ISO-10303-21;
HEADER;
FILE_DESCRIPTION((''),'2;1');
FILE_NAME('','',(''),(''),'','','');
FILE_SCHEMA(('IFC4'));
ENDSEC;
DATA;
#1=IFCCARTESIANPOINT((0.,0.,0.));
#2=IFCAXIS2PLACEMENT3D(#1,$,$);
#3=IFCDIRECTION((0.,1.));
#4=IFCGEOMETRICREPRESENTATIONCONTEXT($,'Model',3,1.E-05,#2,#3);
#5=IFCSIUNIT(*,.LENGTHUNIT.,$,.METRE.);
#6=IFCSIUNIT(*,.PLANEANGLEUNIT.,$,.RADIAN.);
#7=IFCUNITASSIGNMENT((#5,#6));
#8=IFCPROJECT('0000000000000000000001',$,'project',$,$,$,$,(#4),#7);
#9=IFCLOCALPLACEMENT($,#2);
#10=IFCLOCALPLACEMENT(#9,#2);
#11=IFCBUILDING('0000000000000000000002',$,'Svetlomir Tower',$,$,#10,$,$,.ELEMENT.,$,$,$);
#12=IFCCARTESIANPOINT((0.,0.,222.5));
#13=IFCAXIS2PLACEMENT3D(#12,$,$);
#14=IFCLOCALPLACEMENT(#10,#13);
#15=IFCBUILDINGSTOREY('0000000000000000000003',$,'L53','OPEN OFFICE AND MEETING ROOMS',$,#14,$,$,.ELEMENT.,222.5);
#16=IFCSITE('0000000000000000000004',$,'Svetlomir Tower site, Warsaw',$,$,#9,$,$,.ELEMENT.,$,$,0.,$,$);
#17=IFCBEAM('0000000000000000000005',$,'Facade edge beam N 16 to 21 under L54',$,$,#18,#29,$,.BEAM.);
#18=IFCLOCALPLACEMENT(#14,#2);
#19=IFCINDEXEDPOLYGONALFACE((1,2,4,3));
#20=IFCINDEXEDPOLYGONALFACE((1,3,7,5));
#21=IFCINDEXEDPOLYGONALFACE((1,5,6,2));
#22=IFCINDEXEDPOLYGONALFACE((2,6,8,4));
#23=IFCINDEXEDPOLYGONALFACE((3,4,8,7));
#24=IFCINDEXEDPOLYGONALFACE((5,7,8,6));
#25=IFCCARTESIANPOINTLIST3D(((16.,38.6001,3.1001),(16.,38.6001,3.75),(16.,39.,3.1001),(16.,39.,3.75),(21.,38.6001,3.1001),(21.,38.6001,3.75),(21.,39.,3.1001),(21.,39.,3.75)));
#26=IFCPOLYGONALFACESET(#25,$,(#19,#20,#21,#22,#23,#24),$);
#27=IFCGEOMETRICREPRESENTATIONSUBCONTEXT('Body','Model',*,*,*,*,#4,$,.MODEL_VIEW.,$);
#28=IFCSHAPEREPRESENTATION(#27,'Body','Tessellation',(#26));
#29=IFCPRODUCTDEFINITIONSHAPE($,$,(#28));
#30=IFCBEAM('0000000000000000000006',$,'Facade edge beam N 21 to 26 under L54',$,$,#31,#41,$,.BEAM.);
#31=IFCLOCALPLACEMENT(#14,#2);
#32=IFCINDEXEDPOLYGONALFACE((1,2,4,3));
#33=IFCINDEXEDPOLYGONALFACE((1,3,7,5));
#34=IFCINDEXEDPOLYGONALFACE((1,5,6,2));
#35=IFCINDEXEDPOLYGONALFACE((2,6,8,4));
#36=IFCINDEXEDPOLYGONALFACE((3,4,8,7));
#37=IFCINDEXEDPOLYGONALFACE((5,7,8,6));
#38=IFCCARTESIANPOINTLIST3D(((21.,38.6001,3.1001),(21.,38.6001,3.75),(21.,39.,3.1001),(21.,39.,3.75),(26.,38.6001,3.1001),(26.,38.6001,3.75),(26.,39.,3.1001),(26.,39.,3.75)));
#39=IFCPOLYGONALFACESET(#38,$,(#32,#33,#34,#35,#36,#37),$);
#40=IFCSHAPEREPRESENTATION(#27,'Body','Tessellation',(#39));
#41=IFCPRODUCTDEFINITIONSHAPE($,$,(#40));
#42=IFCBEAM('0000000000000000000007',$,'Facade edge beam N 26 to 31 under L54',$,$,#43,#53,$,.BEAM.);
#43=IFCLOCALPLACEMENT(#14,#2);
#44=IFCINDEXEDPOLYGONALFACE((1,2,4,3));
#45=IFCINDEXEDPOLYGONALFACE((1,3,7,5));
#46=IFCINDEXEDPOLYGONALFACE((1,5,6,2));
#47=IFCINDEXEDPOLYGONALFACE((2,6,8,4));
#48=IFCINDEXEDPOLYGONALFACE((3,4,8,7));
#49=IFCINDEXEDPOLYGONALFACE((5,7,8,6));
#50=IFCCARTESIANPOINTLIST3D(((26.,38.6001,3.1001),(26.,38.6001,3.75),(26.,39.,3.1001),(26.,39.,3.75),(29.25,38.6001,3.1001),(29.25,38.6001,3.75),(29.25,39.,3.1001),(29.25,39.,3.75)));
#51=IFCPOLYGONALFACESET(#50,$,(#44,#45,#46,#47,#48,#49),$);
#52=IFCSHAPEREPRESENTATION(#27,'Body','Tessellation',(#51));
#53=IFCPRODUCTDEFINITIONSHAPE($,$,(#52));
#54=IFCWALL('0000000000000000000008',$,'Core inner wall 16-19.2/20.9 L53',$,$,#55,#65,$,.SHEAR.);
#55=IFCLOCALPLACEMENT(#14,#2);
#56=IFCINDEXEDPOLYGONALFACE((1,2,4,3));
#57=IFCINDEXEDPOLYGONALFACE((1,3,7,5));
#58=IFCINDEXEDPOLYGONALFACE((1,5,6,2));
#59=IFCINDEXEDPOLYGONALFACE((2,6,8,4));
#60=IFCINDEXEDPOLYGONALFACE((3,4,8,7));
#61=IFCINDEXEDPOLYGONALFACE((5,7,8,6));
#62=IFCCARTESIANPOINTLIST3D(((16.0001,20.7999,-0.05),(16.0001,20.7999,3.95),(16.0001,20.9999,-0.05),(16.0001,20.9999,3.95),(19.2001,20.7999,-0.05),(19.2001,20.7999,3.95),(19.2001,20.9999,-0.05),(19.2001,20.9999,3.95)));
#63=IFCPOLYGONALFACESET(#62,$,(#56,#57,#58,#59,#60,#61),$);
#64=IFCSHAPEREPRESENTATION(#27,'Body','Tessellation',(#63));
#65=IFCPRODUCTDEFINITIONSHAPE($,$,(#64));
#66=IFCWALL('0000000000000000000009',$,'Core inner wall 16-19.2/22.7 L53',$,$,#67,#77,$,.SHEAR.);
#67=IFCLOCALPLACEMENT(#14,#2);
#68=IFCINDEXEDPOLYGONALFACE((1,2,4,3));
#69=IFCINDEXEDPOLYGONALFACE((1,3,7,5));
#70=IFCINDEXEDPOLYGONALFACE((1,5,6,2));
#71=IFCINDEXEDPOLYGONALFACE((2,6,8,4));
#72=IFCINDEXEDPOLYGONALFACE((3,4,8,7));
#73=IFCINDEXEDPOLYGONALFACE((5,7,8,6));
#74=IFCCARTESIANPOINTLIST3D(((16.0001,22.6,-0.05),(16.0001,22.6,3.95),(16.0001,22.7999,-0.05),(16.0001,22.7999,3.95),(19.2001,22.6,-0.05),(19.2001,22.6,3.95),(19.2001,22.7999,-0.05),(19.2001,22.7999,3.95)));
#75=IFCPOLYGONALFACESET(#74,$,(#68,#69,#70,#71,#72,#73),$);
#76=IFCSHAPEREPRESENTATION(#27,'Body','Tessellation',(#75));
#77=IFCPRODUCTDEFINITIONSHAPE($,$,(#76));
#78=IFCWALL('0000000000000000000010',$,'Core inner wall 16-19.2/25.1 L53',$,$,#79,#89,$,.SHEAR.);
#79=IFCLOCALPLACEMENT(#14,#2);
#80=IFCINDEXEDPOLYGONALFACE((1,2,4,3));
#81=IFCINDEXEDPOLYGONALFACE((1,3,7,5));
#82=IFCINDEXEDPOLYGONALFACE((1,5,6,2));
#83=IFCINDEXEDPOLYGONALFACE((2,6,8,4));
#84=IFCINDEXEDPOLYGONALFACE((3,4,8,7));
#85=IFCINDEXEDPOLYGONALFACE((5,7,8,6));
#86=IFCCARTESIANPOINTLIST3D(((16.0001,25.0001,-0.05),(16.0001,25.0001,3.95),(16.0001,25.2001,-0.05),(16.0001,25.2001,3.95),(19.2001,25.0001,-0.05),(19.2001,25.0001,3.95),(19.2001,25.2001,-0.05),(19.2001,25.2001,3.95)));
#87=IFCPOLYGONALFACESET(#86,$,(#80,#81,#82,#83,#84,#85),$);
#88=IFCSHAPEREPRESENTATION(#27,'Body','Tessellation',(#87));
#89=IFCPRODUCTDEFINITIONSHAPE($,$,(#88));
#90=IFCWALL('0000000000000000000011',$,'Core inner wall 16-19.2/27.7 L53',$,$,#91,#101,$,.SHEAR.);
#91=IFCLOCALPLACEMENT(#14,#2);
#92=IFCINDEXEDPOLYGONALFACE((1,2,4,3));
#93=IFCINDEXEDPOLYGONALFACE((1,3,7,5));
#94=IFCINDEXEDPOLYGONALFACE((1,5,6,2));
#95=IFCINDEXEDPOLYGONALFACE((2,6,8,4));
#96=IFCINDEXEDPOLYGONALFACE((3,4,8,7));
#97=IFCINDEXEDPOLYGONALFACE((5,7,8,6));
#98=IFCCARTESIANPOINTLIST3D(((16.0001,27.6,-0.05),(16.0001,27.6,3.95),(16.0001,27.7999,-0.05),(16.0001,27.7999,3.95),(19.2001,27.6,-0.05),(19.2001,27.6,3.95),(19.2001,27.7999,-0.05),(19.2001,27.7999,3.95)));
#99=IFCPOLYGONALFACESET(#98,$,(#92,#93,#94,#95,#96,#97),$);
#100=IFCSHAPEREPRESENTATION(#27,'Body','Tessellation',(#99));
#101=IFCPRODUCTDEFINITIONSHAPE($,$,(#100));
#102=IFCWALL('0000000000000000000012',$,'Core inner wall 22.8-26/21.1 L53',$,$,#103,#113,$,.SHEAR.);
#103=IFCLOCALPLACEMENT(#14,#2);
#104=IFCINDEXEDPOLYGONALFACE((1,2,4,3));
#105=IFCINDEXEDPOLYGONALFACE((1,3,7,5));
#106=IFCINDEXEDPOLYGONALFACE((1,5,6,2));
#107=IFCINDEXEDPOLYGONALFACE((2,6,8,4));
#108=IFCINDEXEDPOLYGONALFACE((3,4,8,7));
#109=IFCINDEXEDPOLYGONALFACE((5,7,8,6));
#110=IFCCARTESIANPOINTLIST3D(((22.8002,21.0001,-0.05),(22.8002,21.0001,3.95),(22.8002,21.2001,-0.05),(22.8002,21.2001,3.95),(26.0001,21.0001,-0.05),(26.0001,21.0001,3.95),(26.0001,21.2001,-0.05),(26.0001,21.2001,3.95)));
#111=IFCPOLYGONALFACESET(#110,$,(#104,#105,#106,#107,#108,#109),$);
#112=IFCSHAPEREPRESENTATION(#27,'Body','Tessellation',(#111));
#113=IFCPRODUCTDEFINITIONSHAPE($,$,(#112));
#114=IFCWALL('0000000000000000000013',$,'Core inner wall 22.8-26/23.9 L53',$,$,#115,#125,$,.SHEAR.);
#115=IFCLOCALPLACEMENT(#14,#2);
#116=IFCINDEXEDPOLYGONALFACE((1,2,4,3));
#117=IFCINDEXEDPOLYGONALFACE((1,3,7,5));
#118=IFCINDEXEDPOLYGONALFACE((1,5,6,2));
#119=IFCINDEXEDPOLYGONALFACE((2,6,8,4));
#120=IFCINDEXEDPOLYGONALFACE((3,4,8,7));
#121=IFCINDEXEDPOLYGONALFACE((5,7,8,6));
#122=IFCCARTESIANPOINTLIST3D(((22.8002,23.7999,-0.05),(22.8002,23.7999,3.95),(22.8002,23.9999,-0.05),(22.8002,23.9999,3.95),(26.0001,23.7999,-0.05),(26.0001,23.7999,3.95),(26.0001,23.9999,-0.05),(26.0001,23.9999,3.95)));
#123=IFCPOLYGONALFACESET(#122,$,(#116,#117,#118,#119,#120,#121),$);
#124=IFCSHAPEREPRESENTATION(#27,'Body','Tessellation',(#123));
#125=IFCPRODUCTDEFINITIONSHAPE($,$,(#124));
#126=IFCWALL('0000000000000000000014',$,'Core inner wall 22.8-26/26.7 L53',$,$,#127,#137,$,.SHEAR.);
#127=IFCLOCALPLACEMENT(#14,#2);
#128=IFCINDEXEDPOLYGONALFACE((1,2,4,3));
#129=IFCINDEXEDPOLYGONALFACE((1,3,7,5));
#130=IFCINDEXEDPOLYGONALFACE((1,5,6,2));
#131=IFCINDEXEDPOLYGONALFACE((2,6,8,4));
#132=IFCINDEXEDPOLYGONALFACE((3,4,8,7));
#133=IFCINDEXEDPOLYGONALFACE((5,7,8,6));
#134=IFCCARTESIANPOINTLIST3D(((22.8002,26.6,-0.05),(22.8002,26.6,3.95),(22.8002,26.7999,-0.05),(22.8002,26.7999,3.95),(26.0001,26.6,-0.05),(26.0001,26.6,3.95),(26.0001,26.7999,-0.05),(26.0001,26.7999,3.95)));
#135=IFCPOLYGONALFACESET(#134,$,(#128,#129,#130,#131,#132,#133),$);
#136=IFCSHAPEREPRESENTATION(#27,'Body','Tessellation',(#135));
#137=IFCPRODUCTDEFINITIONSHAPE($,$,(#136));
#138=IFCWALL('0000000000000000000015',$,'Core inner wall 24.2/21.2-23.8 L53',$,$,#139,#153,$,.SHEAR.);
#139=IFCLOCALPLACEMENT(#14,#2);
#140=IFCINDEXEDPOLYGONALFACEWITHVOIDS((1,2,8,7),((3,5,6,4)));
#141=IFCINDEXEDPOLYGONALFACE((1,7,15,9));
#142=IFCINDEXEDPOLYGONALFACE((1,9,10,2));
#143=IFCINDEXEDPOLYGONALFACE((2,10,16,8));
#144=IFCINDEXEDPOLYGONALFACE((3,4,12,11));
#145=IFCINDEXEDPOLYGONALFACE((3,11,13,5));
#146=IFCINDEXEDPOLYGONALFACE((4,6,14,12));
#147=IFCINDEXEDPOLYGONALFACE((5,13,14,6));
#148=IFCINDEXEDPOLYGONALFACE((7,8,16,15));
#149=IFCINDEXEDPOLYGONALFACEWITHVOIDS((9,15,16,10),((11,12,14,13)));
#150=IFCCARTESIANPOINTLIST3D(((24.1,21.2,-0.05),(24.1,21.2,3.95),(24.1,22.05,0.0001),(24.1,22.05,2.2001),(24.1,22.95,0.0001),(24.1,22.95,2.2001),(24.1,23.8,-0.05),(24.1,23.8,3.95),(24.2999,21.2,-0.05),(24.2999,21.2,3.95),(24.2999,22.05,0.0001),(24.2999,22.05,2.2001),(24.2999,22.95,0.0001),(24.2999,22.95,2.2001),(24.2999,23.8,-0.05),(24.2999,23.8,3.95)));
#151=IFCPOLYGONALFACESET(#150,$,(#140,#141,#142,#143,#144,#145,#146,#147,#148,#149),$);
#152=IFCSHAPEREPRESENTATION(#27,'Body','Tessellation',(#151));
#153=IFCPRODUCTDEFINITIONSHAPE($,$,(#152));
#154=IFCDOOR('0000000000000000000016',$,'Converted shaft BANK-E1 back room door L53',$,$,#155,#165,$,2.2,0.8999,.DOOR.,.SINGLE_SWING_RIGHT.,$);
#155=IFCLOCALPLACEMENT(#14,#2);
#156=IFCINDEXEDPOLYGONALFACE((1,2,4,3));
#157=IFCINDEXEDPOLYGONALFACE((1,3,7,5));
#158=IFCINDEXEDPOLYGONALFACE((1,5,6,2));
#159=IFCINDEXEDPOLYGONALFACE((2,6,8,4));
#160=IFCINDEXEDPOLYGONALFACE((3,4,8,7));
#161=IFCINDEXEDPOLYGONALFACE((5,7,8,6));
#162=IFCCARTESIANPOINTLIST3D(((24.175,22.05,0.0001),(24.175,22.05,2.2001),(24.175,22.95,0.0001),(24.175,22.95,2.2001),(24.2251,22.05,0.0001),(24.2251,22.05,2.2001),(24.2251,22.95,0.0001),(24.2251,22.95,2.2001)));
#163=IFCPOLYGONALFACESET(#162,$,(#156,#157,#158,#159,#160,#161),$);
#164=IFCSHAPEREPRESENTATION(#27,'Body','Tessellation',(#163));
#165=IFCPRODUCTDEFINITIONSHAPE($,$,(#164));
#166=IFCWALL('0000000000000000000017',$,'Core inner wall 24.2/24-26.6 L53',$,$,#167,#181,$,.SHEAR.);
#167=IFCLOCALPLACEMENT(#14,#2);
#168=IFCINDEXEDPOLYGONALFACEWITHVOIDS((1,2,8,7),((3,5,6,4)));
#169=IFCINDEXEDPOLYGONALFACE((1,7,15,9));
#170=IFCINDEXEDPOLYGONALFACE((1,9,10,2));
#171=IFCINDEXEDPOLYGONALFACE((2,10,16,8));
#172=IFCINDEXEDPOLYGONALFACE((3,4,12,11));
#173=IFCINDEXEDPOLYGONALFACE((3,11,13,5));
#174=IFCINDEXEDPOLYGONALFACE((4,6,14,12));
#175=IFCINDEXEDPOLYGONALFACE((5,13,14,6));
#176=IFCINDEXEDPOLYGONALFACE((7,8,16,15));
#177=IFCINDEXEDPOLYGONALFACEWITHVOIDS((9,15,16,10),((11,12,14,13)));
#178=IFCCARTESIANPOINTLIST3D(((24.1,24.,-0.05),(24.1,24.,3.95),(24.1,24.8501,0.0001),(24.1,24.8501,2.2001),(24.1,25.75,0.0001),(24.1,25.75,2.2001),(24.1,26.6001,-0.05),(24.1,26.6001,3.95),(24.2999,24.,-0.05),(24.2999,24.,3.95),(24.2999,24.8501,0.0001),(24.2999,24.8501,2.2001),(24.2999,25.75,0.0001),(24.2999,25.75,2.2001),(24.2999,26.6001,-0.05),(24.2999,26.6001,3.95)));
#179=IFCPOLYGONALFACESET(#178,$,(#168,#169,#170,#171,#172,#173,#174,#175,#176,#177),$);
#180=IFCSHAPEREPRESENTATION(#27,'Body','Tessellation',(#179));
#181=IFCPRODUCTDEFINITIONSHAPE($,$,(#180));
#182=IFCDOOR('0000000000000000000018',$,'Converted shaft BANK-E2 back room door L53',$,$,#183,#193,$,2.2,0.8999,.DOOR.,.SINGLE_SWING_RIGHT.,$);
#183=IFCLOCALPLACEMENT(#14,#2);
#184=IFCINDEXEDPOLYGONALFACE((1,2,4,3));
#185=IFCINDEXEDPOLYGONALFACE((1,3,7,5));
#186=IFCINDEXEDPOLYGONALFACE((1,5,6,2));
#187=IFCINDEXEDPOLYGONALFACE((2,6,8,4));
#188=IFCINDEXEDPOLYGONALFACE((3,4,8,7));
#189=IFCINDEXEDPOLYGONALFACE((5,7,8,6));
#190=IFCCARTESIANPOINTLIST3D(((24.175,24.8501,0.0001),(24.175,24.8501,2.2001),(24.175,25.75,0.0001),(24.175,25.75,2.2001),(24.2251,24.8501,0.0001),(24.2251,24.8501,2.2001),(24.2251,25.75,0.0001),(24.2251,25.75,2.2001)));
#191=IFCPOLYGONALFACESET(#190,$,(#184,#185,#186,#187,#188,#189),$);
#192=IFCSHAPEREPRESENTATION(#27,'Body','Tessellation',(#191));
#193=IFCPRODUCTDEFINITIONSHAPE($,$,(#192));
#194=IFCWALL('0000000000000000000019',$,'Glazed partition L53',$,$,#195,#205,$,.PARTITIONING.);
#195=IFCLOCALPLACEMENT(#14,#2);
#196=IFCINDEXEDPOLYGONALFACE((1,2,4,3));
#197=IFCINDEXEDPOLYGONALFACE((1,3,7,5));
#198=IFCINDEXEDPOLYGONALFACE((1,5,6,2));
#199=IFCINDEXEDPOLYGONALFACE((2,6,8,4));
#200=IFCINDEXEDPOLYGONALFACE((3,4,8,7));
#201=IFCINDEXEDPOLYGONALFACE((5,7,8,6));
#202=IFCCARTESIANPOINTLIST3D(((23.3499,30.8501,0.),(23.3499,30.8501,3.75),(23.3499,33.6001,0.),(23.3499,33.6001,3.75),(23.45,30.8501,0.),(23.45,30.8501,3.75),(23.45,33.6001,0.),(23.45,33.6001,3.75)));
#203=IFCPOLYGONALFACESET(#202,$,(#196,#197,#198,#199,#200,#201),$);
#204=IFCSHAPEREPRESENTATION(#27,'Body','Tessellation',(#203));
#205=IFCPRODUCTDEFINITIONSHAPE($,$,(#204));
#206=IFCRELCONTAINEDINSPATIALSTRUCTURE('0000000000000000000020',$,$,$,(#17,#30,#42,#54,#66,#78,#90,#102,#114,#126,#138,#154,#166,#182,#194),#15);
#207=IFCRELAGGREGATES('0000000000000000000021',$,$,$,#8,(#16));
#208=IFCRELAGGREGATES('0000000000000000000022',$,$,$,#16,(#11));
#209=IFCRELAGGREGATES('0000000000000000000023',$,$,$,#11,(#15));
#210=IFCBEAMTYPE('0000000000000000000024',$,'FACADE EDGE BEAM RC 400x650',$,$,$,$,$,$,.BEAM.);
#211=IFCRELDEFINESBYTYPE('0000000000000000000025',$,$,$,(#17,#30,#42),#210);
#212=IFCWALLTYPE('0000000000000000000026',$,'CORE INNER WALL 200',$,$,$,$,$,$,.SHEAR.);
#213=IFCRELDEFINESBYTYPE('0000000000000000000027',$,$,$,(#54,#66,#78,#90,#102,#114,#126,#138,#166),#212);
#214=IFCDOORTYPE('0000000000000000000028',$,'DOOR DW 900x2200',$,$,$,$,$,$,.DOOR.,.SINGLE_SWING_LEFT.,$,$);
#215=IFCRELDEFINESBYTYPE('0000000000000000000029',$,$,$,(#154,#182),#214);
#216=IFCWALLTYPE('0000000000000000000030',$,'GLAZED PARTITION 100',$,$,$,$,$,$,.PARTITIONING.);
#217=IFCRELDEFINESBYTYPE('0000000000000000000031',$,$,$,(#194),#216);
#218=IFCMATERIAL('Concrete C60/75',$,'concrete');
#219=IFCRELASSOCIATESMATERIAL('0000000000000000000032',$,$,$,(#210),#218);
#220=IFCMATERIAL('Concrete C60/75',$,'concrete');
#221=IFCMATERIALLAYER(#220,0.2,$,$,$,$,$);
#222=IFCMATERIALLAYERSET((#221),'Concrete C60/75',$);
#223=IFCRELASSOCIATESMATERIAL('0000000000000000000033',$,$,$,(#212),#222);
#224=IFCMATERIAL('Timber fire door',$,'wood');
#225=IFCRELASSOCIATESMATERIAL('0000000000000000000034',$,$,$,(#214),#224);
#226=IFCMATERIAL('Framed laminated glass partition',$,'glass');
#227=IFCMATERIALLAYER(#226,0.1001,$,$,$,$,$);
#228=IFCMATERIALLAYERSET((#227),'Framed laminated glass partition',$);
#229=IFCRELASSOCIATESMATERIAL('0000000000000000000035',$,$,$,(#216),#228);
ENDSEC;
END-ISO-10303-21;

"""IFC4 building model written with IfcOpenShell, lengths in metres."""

from ifc_helpers import new_model, si_unit, direction, frame, frame_2d, origin, origin_2d, place, context, subcontext, project, spatial, rectangle, extrude, material, layer, layer_set, material_profile, profile_set, type_object, element, fill, save


model = new_model("IFC4")

# Units and contexts
model_context = context("Model", 3, precision=1e-05, world=origin(), true_north=direction((0.0, 1.0)))
body_context = subcontext(model_context, "Body", "Model", "MODEL_VIEW")
ifc_project = project(units=[si_unit("LENGTHUNIT", "METRE"), si_unit("PLANEANGLEUNIT", "RADIAN")], contexts=[model_context])

# Site, building, storey
site_placement = place(None, origin())
site = spatial("IfcSite", under=ifc_project, at=site_placement, Name="Svetlomir Tower site, Warsaw", CompositionType="ELEMENT", RefElevation=0.0)
building_placement = place(site_placement, origin())
building = spatial("IfcBuilding", under=site, at=building_placement, Name="Svetlomir Tower", CompositionType="ELEMENT")
storey_placement = place(building_placement, frame((0.0, 0.0, 222.5)))
storey = spatial("IfcBuildingStorey", under=building, at=storey_placement, Name="L53", Description="OPEN OFFICE AND MEETING ROOMS", CompositionType="ELEMENT", Elevation=222.5)

# Beams
ifc_material_1 = material(Name="Concrete C60/75", Category="concrete")
ifc_material_profile = material_profile(ifc_material_1, rectangle(XDim=0.3999, YDim=0.6499, at=origin_2d()), Name="RC 400x650")
ifc_profile_set = profile_set([ifc_material_profile], Name="Concrete C60/75")
beam_type = type_object("IfcBeamType", Name="FACADE EDGE BEAM RC 400x650", PredefinedType="BEAM", material=ifc_profile_set)
for number, where, z_axis, x_axis, name in (
    (1, (16.0, 38.8, 3.425), (1.0, 0.0, 0.0), (0.0, 1.0, 0.0), "Facade edge beam N 16 to 21 under L54"),
    (2, (21.0, 38.8, 3.425), (1.0, 0.0, 0.0), (0.0, 1.0, 0.0), "Facade edge beam N 21 to 26 under L54"),
):
    element("IfcBeam", number, at=place(storey_placement, frame(where, z_axis=z_axis, x_axis=x_axis)), inside=storey, type_object=beam_type, Name=name, PredefinedType="BEAM", context=body_context, shape_type="SweptSolid", body=[
        extrude(rectangle(XDim=0.3999, YDim=0.6499, at=origin_2d()), origin(), (0.0, 0.0, 1.0), 5.0),
    ])
beam_placement = place(storey_placement, frame((26.0, 38.8, 3.425), z_axis=(1.0, 0.0, 0.0), x_axis=(0.0, 1.0, 0.0)))
element("IfcBeam", 3, at=beam_placement, inside=storey, type_object=beam_type, Name="Facade edge beam N 26 to 31 under L54", PredefinedType="BEAM", context=body_context, shape_type="SweptSolid", body=[
    extrude(rectangle(XDim=0.3999, YDim=0.6499, at=origin_2d()), origin(), (0.0, 0.0, 1.0), 3.25),
])

# Walls
ifc_material_2 = material(Name="Concrete C60/75", Category="concrete")
ifc_layer_1 = layer(ifc_material_2, 0.2)
ifc_layer_set_1 = layer_set([ifc_layer_1], Name="Concrete C60/75")
wall_type_1 = type_object("IfcWallType", Name="CORE INNER WALL 200", PredefinedType="SHEAR", material=ifc_layer_set_1)
for number, where, z_axis, x_axis, name in (
    (4, (16.0, 20.8999, -0.05), (0.0, 0.0, 1.0), (1.0, 0.0, 0.0), "Core inner wall 16-19.2/20.9 L53"),
    (5, (16.0, 22.7, -0.05), (0.0, 0.0, 1.0), (1.0, 0.0, 0.0), "Core inner wall 16-19.2/22.7 L53"),
    (6, (16.0, 25.1001, -0.05), (0.0, 0.0, 1.0), (1.0, 0.0, 0.0), "Core inner wall 16-19.2/25.1 L53"),
    (7, (16.0, 27.7, -0.05), (0.0, 0.0, 1.0), (1.0, 0.0, 0.0), "Core inner wall 16-19.2/27.7 L53"),
    (8, (22.8, 21.1001, -0.05), (0.0, 0.0, 1.0), (1.0, 0.0, 0.0), "Core inner wall 22.8-26/21.1 L53"),
    (9, (22.8, 23.8999, -0.05), (0.0, 0.0, 1.0), (1.0, 0.0, 0.0), "Core inner wall 22.8-26/23.9 L53"),
    (10, (22.8, 26.7, -0.05), (0.0, 0.0, 1.0), (1.0, 0.0, 0.0), "Core inner wall 22.8-26/26.7 L53"),
):
    element("IfcWall", number, at=place(storey_placement, frame(where, z_axis=z_axis, x_axis=x_axis)), inside=storey, type_object=wall_type_1, Name=name, PredefinedType="SHEAR", context=body_context, shape_type="SweptSolid", body=[
        extrude(rectangle(XDim=3.2, YDim=0.2, at=frame_2d((1.6001, 0.0))), origin(), (0.0, 0.0, 1.0), 4.0),
    ])

# Walls, openings, doors
wall_1_placement = place(storey_placement, frame((24.2, 21.2, -0.05), z_axis=(0.0, 0.0, 1.0), x_axis=(0.0, 1.0, 0.0)))
wall_1 = element("IfcWall", 11, at=wall_1_placement, inside=storey, type_object=wall_type_1, Name="Core inner wall 24.2/21.2-23.8 L53", PredefinedType="SHEAR", context=body_context, shape_type="SweptSolid", body=[
    extrude(rectangle(XDim=2.6001, YDim=0.2, at=frame_2d((1.3, 0.0))), origin(), (0.0, 0.0, 1.0), 4.0),
])
opening_1_placement = place(wall_1_placement, frame((0.8501, 0.0, 0.05)))
opening_1 = element("IfcOpeningElement", 12, at=opening_1_placement, cuts=wall_1, PredefinedType="OPENING", context=body_context, shape_type="SweptSolid", body=[
    extrude(rectangle(XDim=0.8999, YDim=2.2, at=frame_2d((0.45, 1.1001))), frame((0.0, 0.1099, 0.0), z_axis=(0.0, -1.0, 0.0), x_axis=(1.0, 0.0, 0.0)), (0.0, 0.0, 1.0), 0.22),
])
ifc_material_3 = material(Name="Timber fire door", Category="wood")
door_type_1 = type_object("IfcDoorType", Name="DOOR DW 900x2200", OperationType="SINGLE_SWING_LEFT", PredefinedType="DOOR", material=ifc_material_3)
door_1_placement = place(opening_1_placement, origin())
door_1 = element("IfcDoor", 13, at=door_1_placement, inside=storey, type_object=door_type_1, Name="Converted shaft BANK-E1 back room door L53", OperationType="SINGLE_SWING_RIGHT", OverallHeight=2.2, OverallWidth=0.8999, PredefinedType="DOOR", context=body_context, shape_type="SweptSolid", body=[
    extrude(rectangle(XDim=0.8999, YDim=2.2, at=frame_2d((0.45, 1.1001))), frame((0.0, 0.0249, 0.0), z_axis=(0.0, -1.0, 0.0), x_axis=(1.0, 0.0, 0.0)), (0.0, 0.0, 1.0), 0.05),
])
fill(opening_1, door_1)
wall_2_placement = place(storey_placement, frame((24.2, 24.0, -0.05), z_axis=(0.0, 0.0, 1.0), x_axis=(0.0, 1.0, 0.0)))
wall_2 = element("IfcWall", 14, at=wall_2_placement, inside=storey, type_object=wall_type_1, Name="Core inner wall 24.2/24-26.6 L53", PredefinedType="SHEAR", context=body_context, shape_type="SweptSolid", body=[
    extrude(rectangle(XDim=2.6001, YDim=0.2, at=frame_2d((1.3, 0.0))), origin(), (0.0, 0.0, 1.0), 4.0),
])
opening_2_placement = place(wall_2_placement, frame((0.8501, 0.0, 0.05)))
opening_2 = element("IfcOpeningElement", 15, at=opening_2_placement, cuts=wall_2, PredefinedType="OPENING", context=body_context, shape_type="SweptSolid", body=[
    extrude(rectangle(XDim=0.8999, YDim=2.2, at=frame_2d((0.45, 1.1001))), frame((0.0, 0.1099, 0.0), z_axis=(0.0, -1.0, 0.0), x_axis=(1.0, 0.0, 0.0)), (0.0, 0.0, 1.0), 0.22),
])
door_2_placement = place(opening_2_placement, origin())
door_2 = element("IfcDoor", 16, at=door_2_placement, inside=storey, type_object=door_type_1, Name="Converted shaft BANK-E2 back room door L53", OperationType="SINGLE_SWING_RIGHT", OverallHeight=2.2, OverallWidth=0.8999, PredefinedType="DOOR", context=body_context, shape_type="SweptSolid", body=[
    extrude(rectangle(XDim=0.8999, YDim=2.2, at=frame_2d((0.45, 1.1001))), frame((0.0, 0.0249, 0.0), z_axis=(0.0, -1.0, 0.0), x_axis=(1.0, 0.0, 0.0)), (0.0, 0.0, 1.0), 0.05),
])
fill(opening_2, door_2)

# Wall
ifc_material_4 = material(Name="Framed laminated glass partition", Category="glass")
ifc_layer_2 = layer(ifc_material_4, 0.1001)
ifc_layer_set_2 = layer_set([ifc_layer_2], Name="Framed laminated glass partition")
wall_type_2 = type_object("IfcWallType", Name="GLAZED PARTITION 100", PredefinedType="PARTITIONING", material=ifc_layer_set_2)
wall_3_placement = place(storey_placement, frame((23.3999, 30.8501, 0.0), z_axis=(0.0, 0.0, 1.0), x_axis=(0.0, 1.0, 0.0)))
element("IfcWall", 17, at=wall_3_placement, inside=storey, type_object=wall_type_2, Name="Glazed partition L53", PredefinedType="PARTITIONING", context=body_context, shape_type="SweptSolid", body=[
    extrude(rectangle(XDim=2.75, YDim=0.1001, at=frame_2d((1.375, 0.0))), origin(), (0.0, 0.0, 1.0), 3.75),
])

save(model, "model.ifc")
